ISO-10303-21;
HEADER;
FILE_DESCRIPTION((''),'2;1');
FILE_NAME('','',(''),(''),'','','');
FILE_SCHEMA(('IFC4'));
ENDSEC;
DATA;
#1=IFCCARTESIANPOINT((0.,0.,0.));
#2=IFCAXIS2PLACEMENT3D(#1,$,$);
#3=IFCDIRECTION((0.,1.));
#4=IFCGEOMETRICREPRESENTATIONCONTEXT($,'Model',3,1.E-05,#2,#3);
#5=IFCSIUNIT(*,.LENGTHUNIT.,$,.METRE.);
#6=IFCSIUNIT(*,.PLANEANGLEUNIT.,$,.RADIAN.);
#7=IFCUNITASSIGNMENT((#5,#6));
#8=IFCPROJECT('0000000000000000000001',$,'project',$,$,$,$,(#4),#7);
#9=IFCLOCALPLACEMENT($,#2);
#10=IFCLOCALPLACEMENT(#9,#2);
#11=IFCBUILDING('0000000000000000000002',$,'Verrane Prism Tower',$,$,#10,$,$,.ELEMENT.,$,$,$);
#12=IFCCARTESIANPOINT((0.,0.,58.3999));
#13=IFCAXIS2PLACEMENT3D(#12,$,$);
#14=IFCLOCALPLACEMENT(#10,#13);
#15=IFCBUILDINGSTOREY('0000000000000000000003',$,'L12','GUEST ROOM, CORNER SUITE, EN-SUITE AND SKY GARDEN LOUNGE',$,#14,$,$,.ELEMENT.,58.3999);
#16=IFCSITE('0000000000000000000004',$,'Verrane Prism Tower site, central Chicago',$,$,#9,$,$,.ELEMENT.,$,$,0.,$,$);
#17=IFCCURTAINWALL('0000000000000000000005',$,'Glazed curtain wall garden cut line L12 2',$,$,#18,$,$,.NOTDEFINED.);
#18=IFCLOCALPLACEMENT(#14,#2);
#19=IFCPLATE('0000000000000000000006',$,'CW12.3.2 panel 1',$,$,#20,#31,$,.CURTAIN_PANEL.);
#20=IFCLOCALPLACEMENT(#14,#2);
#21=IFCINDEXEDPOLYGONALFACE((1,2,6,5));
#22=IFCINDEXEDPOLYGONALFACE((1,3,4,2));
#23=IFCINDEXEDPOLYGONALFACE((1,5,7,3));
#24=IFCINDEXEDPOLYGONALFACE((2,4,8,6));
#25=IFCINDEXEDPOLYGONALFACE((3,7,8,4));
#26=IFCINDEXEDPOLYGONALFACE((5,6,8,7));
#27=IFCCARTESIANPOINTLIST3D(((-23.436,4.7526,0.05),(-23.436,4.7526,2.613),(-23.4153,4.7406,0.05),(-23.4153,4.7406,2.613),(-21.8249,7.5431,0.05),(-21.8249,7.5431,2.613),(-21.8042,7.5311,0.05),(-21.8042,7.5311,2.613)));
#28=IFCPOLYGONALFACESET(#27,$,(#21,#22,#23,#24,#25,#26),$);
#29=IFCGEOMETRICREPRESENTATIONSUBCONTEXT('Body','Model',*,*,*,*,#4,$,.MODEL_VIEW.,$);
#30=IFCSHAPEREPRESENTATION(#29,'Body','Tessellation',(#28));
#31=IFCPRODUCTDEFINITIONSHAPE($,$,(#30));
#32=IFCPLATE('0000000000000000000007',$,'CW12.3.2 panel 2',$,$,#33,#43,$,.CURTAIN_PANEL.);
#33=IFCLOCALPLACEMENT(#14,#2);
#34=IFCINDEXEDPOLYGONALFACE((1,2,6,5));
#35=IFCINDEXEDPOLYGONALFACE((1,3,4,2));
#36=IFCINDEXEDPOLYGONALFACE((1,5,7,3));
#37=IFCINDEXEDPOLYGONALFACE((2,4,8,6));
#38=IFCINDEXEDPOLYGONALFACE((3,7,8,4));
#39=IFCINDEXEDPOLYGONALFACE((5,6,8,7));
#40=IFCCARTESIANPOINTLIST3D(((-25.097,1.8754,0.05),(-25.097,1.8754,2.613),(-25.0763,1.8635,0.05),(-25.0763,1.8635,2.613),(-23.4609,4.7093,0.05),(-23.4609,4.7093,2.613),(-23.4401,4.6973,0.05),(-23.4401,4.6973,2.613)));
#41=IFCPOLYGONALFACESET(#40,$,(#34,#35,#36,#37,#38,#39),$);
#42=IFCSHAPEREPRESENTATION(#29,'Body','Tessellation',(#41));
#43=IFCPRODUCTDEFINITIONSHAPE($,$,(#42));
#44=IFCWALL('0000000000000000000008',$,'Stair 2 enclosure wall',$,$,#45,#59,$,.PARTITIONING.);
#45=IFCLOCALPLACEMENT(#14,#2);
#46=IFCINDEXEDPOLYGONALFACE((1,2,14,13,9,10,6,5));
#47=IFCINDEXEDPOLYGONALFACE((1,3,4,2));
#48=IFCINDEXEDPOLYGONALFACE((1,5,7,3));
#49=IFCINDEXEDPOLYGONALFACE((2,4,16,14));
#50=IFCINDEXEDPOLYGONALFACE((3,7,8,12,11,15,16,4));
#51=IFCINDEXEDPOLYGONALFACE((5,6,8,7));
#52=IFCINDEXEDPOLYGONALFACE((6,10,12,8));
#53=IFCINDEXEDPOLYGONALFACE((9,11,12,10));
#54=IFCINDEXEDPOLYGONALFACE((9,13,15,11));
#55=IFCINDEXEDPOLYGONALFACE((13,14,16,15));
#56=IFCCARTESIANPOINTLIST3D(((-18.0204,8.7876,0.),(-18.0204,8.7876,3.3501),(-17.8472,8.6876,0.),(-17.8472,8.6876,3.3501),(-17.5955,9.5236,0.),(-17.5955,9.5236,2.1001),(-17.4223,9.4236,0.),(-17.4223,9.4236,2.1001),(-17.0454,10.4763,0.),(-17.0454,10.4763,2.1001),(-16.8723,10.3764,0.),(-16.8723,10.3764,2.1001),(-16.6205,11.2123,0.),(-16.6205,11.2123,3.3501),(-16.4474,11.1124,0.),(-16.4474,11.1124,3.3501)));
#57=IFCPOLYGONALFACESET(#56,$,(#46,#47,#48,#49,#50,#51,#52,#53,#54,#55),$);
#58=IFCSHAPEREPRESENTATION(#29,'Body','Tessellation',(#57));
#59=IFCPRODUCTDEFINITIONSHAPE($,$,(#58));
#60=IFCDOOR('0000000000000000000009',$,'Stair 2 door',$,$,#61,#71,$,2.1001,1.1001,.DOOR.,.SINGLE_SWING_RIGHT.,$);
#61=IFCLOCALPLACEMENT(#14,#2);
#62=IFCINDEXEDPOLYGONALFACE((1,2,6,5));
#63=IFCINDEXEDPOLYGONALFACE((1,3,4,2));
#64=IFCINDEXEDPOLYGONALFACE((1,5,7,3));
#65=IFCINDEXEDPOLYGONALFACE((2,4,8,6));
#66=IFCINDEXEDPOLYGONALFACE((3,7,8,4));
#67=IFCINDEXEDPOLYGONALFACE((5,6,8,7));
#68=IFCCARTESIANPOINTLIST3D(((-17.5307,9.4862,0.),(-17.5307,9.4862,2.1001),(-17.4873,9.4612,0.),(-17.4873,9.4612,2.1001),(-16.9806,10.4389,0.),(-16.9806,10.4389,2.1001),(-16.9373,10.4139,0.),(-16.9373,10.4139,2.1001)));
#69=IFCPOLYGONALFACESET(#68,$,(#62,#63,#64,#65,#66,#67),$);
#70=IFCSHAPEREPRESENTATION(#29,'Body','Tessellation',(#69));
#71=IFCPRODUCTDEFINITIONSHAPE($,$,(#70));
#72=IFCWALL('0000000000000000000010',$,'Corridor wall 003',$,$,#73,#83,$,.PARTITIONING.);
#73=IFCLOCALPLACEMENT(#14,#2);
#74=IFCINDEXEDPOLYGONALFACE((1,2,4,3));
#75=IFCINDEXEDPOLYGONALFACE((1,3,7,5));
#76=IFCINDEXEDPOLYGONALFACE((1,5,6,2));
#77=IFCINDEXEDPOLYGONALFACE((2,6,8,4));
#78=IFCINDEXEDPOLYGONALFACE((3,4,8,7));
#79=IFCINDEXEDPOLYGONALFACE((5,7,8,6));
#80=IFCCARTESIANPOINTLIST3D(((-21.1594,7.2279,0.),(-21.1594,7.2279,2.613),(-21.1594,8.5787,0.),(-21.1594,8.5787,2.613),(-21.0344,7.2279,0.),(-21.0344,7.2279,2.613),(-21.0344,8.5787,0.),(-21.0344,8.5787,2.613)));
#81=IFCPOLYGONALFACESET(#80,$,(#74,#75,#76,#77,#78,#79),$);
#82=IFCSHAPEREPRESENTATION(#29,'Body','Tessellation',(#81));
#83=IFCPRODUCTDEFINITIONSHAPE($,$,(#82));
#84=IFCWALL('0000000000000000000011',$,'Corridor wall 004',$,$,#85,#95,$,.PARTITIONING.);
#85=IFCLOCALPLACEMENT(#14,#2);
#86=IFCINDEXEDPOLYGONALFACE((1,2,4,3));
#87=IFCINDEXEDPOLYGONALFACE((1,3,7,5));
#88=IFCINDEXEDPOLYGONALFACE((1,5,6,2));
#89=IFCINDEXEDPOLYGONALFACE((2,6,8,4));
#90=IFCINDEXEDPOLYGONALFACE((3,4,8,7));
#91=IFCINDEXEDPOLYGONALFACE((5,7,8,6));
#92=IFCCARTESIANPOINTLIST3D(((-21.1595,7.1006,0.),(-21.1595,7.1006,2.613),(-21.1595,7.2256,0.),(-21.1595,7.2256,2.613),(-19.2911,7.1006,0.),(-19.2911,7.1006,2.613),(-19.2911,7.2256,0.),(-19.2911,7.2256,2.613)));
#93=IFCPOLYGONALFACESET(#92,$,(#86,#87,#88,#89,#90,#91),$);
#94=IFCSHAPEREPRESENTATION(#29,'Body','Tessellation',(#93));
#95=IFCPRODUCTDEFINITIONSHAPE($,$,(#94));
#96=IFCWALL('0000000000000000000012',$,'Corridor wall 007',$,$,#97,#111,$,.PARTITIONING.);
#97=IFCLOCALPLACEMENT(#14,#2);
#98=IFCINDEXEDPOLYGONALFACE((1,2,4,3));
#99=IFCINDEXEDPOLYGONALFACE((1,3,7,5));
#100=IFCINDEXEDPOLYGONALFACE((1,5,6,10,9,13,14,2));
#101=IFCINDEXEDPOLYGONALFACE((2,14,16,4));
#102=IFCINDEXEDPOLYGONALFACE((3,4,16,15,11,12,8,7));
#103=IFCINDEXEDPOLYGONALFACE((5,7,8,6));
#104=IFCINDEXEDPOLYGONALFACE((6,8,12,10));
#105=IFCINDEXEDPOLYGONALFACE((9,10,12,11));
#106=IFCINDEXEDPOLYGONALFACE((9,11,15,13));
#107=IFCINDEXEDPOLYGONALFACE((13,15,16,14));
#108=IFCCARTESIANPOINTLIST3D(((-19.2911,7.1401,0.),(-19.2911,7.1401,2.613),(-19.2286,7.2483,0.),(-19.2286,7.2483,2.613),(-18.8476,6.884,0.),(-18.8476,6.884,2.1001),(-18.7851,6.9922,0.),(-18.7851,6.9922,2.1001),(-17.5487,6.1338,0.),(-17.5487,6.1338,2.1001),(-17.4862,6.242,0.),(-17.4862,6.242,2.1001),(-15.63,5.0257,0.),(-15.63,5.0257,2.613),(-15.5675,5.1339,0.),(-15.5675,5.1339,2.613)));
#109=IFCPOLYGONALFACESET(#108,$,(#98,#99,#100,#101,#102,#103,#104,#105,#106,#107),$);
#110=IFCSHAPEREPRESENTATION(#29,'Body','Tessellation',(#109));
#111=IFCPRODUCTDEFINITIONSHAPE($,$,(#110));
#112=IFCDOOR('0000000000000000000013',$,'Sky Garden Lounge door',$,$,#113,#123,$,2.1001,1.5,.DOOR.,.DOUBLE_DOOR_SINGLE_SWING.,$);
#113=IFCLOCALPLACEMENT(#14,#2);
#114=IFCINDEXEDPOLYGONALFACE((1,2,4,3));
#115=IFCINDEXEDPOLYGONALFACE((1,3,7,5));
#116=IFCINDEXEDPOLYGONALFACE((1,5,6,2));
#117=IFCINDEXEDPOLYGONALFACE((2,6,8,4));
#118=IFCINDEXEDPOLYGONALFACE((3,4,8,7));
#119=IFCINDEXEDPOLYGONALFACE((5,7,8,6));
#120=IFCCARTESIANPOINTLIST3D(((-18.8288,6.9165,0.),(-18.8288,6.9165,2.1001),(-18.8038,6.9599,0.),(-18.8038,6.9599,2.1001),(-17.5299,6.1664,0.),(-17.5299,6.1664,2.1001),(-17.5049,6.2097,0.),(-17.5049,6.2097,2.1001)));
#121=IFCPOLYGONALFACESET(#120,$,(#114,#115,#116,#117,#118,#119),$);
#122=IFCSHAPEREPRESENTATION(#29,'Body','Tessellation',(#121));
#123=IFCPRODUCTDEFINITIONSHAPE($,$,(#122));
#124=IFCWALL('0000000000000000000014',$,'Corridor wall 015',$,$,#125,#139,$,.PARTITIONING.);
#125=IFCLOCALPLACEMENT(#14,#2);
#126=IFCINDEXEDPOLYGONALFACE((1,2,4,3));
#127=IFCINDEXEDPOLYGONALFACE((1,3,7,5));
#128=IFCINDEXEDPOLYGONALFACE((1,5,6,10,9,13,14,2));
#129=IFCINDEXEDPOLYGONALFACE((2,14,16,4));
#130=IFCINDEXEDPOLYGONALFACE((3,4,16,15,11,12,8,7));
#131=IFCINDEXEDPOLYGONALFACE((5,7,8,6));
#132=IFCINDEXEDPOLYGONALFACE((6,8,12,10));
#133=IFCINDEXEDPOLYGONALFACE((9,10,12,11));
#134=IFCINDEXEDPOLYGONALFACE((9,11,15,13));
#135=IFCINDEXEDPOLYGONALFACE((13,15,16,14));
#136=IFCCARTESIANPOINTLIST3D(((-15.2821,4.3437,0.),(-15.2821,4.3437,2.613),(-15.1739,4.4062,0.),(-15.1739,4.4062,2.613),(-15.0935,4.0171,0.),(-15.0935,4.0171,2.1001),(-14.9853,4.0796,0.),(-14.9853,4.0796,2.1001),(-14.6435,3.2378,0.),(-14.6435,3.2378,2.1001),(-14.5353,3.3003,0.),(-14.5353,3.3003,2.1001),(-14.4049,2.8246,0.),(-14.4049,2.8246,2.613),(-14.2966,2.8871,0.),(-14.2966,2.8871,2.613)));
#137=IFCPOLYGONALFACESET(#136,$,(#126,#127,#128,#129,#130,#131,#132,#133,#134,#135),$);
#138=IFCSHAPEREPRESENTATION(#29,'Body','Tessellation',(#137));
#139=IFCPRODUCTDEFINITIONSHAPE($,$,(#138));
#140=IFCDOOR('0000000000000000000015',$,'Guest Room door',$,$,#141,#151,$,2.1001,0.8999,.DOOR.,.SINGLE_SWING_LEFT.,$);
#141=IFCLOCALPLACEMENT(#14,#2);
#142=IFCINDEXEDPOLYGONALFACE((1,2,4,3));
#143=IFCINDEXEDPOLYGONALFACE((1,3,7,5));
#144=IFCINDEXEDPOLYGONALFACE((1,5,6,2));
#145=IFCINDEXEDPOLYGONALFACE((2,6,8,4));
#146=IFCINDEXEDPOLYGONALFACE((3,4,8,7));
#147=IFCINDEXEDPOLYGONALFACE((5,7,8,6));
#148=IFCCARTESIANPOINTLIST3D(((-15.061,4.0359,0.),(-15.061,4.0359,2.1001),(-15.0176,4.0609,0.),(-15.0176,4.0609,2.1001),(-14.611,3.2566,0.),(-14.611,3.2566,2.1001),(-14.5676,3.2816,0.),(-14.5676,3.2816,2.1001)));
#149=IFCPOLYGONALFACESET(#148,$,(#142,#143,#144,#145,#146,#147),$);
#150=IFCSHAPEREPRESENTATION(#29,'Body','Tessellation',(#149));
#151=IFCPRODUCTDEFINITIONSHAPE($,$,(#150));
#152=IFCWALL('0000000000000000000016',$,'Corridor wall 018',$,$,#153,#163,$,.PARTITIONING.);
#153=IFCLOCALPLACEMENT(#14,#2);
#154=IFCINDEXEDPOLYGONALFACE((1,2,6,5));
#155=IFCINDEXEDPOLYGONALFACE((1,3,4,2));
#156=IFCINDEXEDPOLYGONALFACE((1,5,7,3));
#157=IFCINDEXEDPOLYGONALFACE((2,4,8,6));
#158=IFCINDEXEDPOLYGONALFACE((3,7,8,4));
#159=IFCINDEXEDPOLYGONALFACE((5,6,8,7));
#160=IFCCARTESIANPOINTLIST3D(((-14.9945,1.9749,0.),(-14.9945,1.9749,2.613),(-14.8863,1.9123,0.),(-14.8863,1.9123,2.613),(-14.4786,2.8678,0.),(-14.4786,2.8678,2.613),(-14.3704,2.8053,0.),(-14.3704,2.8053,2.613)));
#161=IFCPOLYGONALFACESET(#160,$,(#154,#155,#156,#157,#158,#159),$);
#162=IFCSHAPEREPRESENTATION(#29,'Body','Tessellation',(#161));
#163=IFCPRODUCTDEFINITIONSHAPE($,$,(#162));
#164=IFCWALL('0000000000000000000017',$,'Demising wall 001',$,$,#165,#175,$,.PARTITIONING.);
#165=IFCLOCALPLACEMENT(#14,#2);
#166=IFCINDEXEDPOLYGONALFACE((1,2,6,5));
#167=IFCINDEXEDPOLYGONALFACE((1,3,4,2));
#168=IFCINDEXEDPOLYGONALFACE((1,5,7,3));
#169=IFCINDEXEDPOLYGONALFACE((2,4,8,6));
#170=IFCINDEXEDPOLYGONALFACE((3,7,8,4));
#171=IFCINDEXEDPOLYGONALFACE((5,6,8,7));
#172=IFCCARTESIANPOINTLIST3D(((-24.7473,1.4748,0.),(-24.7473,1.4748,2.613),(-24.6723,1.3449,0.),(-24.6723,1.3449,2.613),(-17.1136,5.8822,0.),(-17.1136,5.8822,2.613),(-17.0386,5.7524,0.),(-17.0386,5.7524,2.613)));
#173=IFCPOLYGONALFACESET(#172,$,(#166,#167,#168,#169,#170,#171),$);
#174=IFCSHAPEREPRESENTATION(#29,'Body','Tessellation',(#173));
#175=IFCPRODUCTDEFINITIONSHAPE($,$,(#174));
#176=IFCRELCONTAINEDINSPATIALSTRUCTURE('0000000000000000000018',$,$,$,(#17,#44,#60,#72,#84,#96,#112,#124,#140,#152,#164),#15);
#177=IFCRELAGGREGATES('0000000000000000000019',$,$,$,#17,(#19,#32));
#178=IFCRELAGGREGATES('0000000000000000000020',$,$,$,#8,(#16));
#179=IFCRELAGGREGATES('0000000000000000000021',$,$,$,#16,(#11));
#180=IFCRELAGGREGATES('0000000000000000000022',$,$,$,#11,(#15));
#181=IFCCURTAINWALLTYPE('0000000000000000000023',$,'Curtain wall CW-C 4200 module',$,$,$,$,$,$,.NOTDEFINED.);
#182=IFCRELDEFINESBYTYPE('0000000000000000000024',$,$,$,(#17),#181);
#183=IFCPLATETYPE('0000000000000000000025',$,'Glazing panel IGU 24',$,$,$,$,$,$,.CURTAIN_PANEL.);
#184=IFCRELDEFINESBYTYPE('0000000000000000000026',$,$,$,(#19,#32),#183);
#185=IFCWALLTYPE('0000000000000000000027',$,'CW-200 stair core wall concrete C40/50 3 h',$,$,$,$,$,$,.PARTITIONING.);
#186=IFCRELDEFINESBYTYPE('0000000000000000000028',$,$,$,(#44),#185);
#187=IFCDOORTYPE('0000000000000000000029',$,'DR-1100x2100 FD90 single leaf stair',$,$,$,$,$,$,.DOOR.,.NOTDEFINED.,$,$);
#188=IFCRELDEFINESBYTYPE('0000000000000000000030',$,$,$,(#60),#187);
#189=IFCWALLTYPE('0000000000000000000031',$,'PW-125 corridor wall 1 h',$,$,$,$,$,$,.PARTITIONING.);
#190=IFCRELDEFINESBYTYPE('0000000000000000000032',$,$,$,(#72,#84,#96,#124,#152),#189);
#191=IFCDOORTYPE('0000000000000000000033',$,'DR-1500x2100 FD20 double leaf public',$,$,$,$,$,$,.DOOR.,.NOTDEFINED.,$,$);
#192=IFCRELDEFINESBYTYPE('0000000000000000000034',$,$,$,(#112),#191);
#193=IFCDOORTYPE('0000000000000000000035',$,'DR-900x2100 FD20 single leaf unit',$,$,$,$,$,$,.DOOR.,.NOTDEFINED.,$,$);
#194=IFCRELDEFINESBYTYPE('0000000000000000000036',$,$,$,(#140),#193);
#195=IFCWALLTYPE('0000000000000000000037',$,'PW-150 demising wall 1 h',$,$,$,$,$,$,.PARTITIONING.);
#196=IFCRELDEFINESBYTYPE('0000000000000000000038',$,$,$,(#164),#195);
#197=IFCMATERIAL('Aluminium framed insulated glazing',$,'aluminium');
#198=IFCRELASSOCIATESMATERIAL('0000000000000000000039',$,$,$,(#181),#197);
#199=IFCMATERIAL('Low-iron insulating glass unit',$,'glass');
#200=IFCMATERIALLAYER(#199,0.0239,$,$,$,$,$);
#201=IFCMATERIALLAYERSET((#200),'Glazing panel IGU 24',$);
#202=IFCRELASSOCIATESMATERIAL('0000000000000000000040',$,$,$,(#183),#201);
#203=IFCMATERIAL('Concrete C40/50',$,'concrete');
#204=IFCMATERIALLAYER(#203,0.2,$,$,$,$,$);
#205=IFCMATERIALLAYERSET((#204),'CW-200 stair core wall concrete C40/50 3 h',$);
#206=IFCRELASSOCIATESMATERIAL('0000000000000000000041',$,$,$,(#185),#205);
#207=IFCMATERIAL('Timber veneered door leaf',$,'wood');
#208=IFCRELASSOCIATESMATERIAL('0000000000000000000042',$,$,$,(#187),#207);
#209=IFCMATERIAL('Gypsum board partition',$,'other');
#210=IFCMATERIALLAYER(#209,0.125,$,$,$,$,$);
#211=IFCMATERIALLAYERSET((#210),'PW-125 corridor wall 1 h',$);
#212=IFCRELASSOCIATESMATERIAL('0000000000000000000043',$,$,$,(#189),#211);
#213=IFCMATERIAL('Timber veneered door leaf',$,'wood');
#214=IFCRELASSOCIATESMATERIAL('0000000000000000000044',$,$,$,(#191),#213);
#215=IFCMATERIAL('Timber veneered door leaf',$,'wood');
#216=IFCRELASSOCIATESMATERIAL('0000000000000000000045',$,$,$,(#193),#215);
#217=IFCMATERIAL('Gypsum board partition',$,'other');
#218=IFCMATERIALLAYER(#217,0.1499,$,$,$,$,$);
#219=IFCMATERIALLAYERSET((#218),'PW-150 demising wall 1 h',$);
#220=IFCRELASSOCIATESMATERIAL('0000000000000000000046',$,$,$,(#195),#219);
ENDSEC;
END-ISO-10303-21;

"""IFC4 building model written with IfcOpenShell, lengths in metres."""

from ifc_helpers import new_model, si_unit, direction, frame, frame_2d, origin, origin_2d, place, context, subcontext, project, spatial, rectangle, extrude, material, layer, layer_set, type_object, element, fill, aggregate, save


model = new_model("IFC4")

# Units and contexts
model_context = context("Model", 3, precision=1e-05, world=origin(), true_north=direction((0.0, 1.0)))
body_context = subcontext(model_context, "Body", "Model", "MODEL_VIEW")
ifc_project = project(units=[si_unit("LENGTHUNIT", "METRE"), si_unit("PLANEANGLEUNIT", "RADIAN")], contexts=[model_context])

# Site, building, storey
site_placement = place(None, origin())
site = spatial("IfcSite", under=ifc_project, at=site_placement, Name="Verrane Prism Tower site, central Chicago", CompositionType="ELEMENT", RefElevation=0.0)
building_placement = place(site_placement, origin())
building = spatial("IfcBuilding", under=site, at=building_placement, Name="Verrane Prism Tower", CompositionType="ELEMENT")
storey_placement = place(building_placement, frame((0.0, 0.0, 58.3999)))
storey = spatial("IfcBuildingStorey", under=building, at=storey_placement, Name="L12", Description="GUEST ROOM, CORNER SUITE, EN-SUITE AND SKY GARDEN LOUNGE", CompositionType="ELEMENT", Elevation=58.3999)

# Curtain wall
ifc_material_1 = material(Name="Aluminium framed insulated glazing", Category="aluminium")
curtain_wall_type_1 = type_object("IfcCurtainWallType", Name="Curtain wall CW-C 4200 module", PredefinedType="NOTDEFINED", material=ifc_material_1)
curtain_wall_1_placement = place(storey_placement, origin())
curtain_wall_1 = element("IfcCurtainWall", 1, at=curtain_wall_1_placement, inside=storey, type_object=curtain_wall_type_1, Name="Glazed curtain wall garden cut line L12 2", PredefinedType="NOTDEFINED")

# Plates
ifc_material_2 = material(Name="Low-iron insulating glass unit", Category="glass")
ifc_layer_1 = layer(ifc_material_2, 0.0239)
ifc_layer_set_1 = layer_set([ifc_layer_1], Name="Glazing panel IGU 24")
plate_type = type_object("IfcPlateType", Name="Glazing panel IGU 24", PredefinedType="CURTAIN_PANEL", material=ifc_layer_set_1)
plate_1_placement = place(storey_placement, frame((-22.6201, 6.1418, 0.05), z_axis=(0.0, 0.0, 1.0), x_axis=(-0.500001, -0.866025, 0.0)))
plate_1 = element("IfcPlate", 2, at=plate_1_placement, type_object=plate_type, Name="CW12.3.2 panel 1", PredefinedType="CURTAIN_PANEL", context=body_context, shape_type="SweptSolid", body=[
    extrude(rectangle(XDim=3.2222, YDim=0.0239, at=origin_2d()), origin(), (0.0, 0.0, 1.0), 2.563),
])
plate_2_placement = place(storey_placement, frame((-24.2686, 3.2864, 0.05), z_axis=(0.0, 0.0, 1.0), x_axis=(-0.500001, -0.866025, 0.0)))
plate_2 = element("IfcPlate", 3, at=plate_2_placement, type_object=plate_type, Name="CW12.3.2 panel 2", PredefinedType="CURTAIN_PANEL", context=body_context, shape_type="SweptSolid", body=[
    extrude(rectangle(XDim=3.2722, YDim=0.0239, at=origin_2d()), origin(), (0.0, 0.0, 1.0), 2.563),
])
aggregate(curtain_wall_1, [plate_1, plate_2])

# Wall, opening, door
ifc_material_3 = material(Name="Concrete C40/50", Category="concrete")
ifc_layer_2 = layer(ifc_material_3, 0.2)
ifc_layer_set_2 = layer_set([ifc_layer_2], Name="CW-200 stair core wall concrete C40/50 3 h")
wall_type_1 = type_object("IfcWallType", Name="CW-200 stair core wall concrete C40/50 3 h", PredefinedType="PARTITIONING", material=ifc_layer_set_2)
wall_1_placement = place(storey_placement, frame((-16.5339, 11.1624, 0.0), z_axis=(0.0, 0.0, 1.0), x_axis=(-0.499984, -0.866035, 0.0)))
wall_1 = element("IfcWall", 4, at=wall_1_placement, inside=storey, type_object=wall_type_1, Name="Stair 2 enclosure wall", PredefinedType="PARTITIONING", context=body_context, shape_type="SweptSolid", body=[
    extrude(rectangle(XDim=2.7998, YDim=0.2, at=frame_2d((1.3999, 0.0))), origin(), (0.0, 0.0, 1.0), 3.3501),
])
opening_1_placement = place(wall_1_placement, frame((0.8499, 0.0, 0.0)))
opening_1 = element("IfcOpeningElement", 5, at=opening_1_placement, cuts=wall_1, PredefinedType="OPENING", context=body_context, shape_type="SweptSolid", body=[
    extrude(rectangle(XDim=1.1001, YDim=2.1001, at=frame_2d((0.55, 1.05))), frame((0.0, 0.1099, 0.0), z_axis=(0.0, -1.0, 0.0), x_axis=(1.0, 0.0, 0.0)), (0.0, 0.0, 1.0), 0.22),
])
ifc_material_4 = material(Name="Timber veneered door leaf", Category="wood")
door_type_1 = type_object("IfcDoorType", Name="DR-1100x2100 FD90 single leaf stair", OperationType="NOTDEFINED", PredefinedType="DOOR", material=ifc_material_4)
door_1_placement = place(opening_1_placement, origin())
door_1 = element("IfcDoor", 6, at=door_1_placement, inside=storey, type_object=door_type_1, Name="Stair 2 door", OperationType="SINGLE_SWING_RIGHT", OverallHeight=2.1001, OverallWidth=1.1001, PredefinedType="DOOR", context=body_context, shape_type="SweptSolid", body=[
    extrude(rectangle(XDim=1.1001, YDim=2.1001, at=frame_2d((0.55, 1.05))), frame((0.0, 0.0249, 0.0), z_axis=(0.0, -1.0, 0.0), x_axis=(1.0, 0.0, 0.0)), (0.0, 0.0, 1.0), 0.05),
])
fill(opening_1, door_1)

# Walls
ifc_material_5 = material(Name="Gypsum board partition", Category="other")
ifc_layer_3 = layer(ifc_material_5, 0.125)
ifc_layer_set_3 = layer_set([ifc_layer_3], Name="PW-125 corridor wall 1 h")
wall_type_2 = type_object("IfcWallType", Name="PW-125 corridor wall 1 h", PredefinedType="PARTITIONING", material=ifc_layer_set_3)
wall_2_placement = place(storey_placement, frame((-21.0969, 7.228, 0.0), z_axis=(0.0, 0.0, 1.0), x_axis=(0.0, 1.0, 0.0)))
element("IfcWall", 7, at=wall_2_placement, inside=storey, type_object=wall_type_2, Name="Corridor wall 003", PredefinedType="PARTITIONING", context=body_context, shape_type="SweptSolid", body=[
    extrude(rectangle(XDim=1.3508, YDim=0.125, at=frame_2d((0.6753, 0.0))), origin(), (0.0, 0.0, 1.0), 2.613),
])
wall_3_placement = place(storey_placement, frame((-21.1594, 7.1631, 0.0), z_axis=(0.0, 0.0, 1.0), x_axis=(1.0, 0.0, 0.0)))
element("IfcWall", 8, at=wall_3_placement, inside=storey, type_object=wall_type_2, Name="Corridor wall 004", PredefinedType="PARTITIONING", context=body_context, shape_type="SweptSolid", body=[
    extrude(rectangle(XDim=1.8684, YDim=0.125, at=frame_2d((0.9341, 0.0))), origin(), (0.0, 0.0, 1.0), 2.613),
])

# Walls, openings, doors
wall_4_placement = place(storey_placement, frame((-15.5989, 5.0798, 0.0), z_axis=(0.0, 0.0, 1.0), x_axis=(-0.865949, 0.500132, 0.0)))
wall_4 = element("IfcWall", 9, at=wall_4_placement, inside=storey, type_object=wall_type_2, Name="Corridor wall 007", PredefinedType="PARTITIONING", context=body_context, shape_type="SweptSolid", body=[
    extrude(rectangle(XDim=4.2278, YDim=0.125, at=frame_2d((2.1138, 0.0))), origin(), (0.0, 0.0, 1.0), 2.613),
])
opening_2_placement = place(wall_4_placement, frame((2.2156, 0.0, 0.0)))
opening_2 = element("IfcOpeningElement", 10, at=opening_2_placement, cuts=wall_4, PredefinedType="OPENING", context=body_context, shape_type="SweptSolid", body=[
    extrude(rectangle(XDim=1.5, YDim=2.1001, at=frame_2d((0.75, 1.05))), frame((0.0, 0.0725, 0.0), z_axis=(0.0, -1.0, 0.0), x_axis=(1.0, 0.0, 0.0)), (0.0, 0.0, 1.0), 0.145),
])
ifc_material_6 = material(Name="Timber veneered door leaf", Category="wood")
door_type_2 = type_object("IfcDoorType", Name="DR-1500x2100 FD20 double leaf public", OperationType="NOTDEFINED", PredefinedType="DOOR", material=ifc_material_6)
door_2_placement = place(opening_2_placement, origin())
door_2 = element("IfcDoor", 11, at=door_2_placement, inside=storey, type_object=door_type_2, Name="Sky Garden Lounge door", OperationType="DOUBLE_DOOR_SINGLE_SWING", OverallHeight=2.1001, OverallWidth=1.5, PredefinedType="DOOR", context=body_context, shape_type="SweptSolid", body=[
    extrude(rectangle(XDim=1.5, YDim=2.1001, at=frame_2d((0.75, 1.05))), frame((0.0, 0.0249, 0.0), z_axis=(0.0, -1.0, 0.0), x_axis=(1.0, 0.0, 0.0)), (0.0, 0.0, 1.0), 0.05),
])
fill(opening_2, door_2)
wall_5_placement = place(storey_placement, frame((-14.3508, 2.856, 0.0), z_axis=(0.0, 0.0, 1.0), x_axis=(-0.500076, 0.865982, 0.0)))
wall_5 = element("IfcWall", 12, at=wall_5_placement, inside=storey, type_object=wall_type_2, Name="Corridor wall 015", PredefinedType="PARTITIONING", context=body_context, shape_type="SweptSolid", body=[
    extrude(rectangle(XDim=1.7542, YDim=0.125, at=frame_2d((0.877, 0.0))), origin(), (0.0, 0.0, 1.0), 2.613),
])
opening_3_placement = place(wall_5_placement, frame((0.4771, 0.0, 0.0)))
opening_3 = element("IfcOpeningElement", 13, at=opening_3_placement, cuts=wall_5, PredefinedType="OPENING", context=body_context, shape_type="SweptSolid", body=[
    extrude(rectangle(XDim=0.8999, YDim=2.1001, at=frame_2d((0.45, 1.05))), frame((0.0, 0.0725, 0.0), z_axis=(0.0, -1.0, 0.0), x_axis=(1.0, 0.0, 0.0)), (0.0, 0.0, 1.0), 0.145),
])
ifc_material_7 = material(Name="Timber veneered door leaf", Category="wood")
door_type_3 = type_object("IfcDoorType", Name="DR-900x2100 FD20 single leaf unit", OperationType="NOTDEFINED", PredefinedType="DOOR", material=ifc_material_7)
door_3_placement = place(opening_3_placement, origin())
door_3 = element("IfcDoor", 14, at=door_3_placement, inside=storey, type_object=door_type_3, Name="Guest Room door", OperationType="SINGLE_SWING_LEFT", OverallHeight=2.1001, OverallWidth=0.8999, PredefinedType="DOOR", context=body_context, shape_type="SweptSolid", body=[
    extrude(rectangle(XDim=0.8999, YDim=2.1001, at=frame_2d((0.45, 1.05))), frame((0.0, 0.0249, 0.0), z_axis=(0.0, -1.0, 0.0), x_axis=(1.0, 0.0, 0.0)), (0.0, 0.0, 1.0), 0.05),
])
fill(opening_3, door_3)

# Walls
wall_6_placement = place(storey_placement, frame((-14.9404, 1.9436, 0.0), z_axis=(0.0, 0.0, 1.0), x_axis=(0.500289, 0.865858, 0.0)))
element("IfcWall", 15, at=wall_6_placement, inside=storey, type_object=wall_type_2, Name="Corridor wall 018", PredefinedType="PARTITIONING", context=body_context, shape_type="SweptSolid", body=[
    extrude(rectangle(XDim=1.0312, YDim=0.125, at=frame_2d((0.5156, 0.0))), origin(), (0.0, 0.0, 1.0), 2.613),
])
ifc_material_8 = material(Name="Gypsum board partition", Category="other")
ifc_layer_4 = layer(ifc_material_8, 0.1499)
ifc_layer_set_4 = layer_set([ifc_layer_4], Name="PW-150 demising wall 1 h")
wall_type_3 = type_object("IfcWallType", Name="PW-150 demising wall 1 h", PredefinedType="PARTITIONING", material=ifc_layer_set_4)
wall_7_placement = place(storey_placement, frame((-24.7097, 1.4099, 0.0), z_axis=(0.0, 0.0, 1.0), x_axis=(0.86602, 0.500009, 0.0)))
element("IfcWall", 16, at=wall_7_placement, inside=storey, type_object=wall_type_3, Name="Demising wall 001", PredefinedType="PARTITIONING", context=body_context, shape_type="SweptSolid", body=[
    extrude(rectangle(XDim=8.8147, YDim=0.1499, at=frame_2d((4.4072, 0.0))), origin(), (0.0, 0.0, 1.0), 2.613),
])

save(model, "model.ifc")
